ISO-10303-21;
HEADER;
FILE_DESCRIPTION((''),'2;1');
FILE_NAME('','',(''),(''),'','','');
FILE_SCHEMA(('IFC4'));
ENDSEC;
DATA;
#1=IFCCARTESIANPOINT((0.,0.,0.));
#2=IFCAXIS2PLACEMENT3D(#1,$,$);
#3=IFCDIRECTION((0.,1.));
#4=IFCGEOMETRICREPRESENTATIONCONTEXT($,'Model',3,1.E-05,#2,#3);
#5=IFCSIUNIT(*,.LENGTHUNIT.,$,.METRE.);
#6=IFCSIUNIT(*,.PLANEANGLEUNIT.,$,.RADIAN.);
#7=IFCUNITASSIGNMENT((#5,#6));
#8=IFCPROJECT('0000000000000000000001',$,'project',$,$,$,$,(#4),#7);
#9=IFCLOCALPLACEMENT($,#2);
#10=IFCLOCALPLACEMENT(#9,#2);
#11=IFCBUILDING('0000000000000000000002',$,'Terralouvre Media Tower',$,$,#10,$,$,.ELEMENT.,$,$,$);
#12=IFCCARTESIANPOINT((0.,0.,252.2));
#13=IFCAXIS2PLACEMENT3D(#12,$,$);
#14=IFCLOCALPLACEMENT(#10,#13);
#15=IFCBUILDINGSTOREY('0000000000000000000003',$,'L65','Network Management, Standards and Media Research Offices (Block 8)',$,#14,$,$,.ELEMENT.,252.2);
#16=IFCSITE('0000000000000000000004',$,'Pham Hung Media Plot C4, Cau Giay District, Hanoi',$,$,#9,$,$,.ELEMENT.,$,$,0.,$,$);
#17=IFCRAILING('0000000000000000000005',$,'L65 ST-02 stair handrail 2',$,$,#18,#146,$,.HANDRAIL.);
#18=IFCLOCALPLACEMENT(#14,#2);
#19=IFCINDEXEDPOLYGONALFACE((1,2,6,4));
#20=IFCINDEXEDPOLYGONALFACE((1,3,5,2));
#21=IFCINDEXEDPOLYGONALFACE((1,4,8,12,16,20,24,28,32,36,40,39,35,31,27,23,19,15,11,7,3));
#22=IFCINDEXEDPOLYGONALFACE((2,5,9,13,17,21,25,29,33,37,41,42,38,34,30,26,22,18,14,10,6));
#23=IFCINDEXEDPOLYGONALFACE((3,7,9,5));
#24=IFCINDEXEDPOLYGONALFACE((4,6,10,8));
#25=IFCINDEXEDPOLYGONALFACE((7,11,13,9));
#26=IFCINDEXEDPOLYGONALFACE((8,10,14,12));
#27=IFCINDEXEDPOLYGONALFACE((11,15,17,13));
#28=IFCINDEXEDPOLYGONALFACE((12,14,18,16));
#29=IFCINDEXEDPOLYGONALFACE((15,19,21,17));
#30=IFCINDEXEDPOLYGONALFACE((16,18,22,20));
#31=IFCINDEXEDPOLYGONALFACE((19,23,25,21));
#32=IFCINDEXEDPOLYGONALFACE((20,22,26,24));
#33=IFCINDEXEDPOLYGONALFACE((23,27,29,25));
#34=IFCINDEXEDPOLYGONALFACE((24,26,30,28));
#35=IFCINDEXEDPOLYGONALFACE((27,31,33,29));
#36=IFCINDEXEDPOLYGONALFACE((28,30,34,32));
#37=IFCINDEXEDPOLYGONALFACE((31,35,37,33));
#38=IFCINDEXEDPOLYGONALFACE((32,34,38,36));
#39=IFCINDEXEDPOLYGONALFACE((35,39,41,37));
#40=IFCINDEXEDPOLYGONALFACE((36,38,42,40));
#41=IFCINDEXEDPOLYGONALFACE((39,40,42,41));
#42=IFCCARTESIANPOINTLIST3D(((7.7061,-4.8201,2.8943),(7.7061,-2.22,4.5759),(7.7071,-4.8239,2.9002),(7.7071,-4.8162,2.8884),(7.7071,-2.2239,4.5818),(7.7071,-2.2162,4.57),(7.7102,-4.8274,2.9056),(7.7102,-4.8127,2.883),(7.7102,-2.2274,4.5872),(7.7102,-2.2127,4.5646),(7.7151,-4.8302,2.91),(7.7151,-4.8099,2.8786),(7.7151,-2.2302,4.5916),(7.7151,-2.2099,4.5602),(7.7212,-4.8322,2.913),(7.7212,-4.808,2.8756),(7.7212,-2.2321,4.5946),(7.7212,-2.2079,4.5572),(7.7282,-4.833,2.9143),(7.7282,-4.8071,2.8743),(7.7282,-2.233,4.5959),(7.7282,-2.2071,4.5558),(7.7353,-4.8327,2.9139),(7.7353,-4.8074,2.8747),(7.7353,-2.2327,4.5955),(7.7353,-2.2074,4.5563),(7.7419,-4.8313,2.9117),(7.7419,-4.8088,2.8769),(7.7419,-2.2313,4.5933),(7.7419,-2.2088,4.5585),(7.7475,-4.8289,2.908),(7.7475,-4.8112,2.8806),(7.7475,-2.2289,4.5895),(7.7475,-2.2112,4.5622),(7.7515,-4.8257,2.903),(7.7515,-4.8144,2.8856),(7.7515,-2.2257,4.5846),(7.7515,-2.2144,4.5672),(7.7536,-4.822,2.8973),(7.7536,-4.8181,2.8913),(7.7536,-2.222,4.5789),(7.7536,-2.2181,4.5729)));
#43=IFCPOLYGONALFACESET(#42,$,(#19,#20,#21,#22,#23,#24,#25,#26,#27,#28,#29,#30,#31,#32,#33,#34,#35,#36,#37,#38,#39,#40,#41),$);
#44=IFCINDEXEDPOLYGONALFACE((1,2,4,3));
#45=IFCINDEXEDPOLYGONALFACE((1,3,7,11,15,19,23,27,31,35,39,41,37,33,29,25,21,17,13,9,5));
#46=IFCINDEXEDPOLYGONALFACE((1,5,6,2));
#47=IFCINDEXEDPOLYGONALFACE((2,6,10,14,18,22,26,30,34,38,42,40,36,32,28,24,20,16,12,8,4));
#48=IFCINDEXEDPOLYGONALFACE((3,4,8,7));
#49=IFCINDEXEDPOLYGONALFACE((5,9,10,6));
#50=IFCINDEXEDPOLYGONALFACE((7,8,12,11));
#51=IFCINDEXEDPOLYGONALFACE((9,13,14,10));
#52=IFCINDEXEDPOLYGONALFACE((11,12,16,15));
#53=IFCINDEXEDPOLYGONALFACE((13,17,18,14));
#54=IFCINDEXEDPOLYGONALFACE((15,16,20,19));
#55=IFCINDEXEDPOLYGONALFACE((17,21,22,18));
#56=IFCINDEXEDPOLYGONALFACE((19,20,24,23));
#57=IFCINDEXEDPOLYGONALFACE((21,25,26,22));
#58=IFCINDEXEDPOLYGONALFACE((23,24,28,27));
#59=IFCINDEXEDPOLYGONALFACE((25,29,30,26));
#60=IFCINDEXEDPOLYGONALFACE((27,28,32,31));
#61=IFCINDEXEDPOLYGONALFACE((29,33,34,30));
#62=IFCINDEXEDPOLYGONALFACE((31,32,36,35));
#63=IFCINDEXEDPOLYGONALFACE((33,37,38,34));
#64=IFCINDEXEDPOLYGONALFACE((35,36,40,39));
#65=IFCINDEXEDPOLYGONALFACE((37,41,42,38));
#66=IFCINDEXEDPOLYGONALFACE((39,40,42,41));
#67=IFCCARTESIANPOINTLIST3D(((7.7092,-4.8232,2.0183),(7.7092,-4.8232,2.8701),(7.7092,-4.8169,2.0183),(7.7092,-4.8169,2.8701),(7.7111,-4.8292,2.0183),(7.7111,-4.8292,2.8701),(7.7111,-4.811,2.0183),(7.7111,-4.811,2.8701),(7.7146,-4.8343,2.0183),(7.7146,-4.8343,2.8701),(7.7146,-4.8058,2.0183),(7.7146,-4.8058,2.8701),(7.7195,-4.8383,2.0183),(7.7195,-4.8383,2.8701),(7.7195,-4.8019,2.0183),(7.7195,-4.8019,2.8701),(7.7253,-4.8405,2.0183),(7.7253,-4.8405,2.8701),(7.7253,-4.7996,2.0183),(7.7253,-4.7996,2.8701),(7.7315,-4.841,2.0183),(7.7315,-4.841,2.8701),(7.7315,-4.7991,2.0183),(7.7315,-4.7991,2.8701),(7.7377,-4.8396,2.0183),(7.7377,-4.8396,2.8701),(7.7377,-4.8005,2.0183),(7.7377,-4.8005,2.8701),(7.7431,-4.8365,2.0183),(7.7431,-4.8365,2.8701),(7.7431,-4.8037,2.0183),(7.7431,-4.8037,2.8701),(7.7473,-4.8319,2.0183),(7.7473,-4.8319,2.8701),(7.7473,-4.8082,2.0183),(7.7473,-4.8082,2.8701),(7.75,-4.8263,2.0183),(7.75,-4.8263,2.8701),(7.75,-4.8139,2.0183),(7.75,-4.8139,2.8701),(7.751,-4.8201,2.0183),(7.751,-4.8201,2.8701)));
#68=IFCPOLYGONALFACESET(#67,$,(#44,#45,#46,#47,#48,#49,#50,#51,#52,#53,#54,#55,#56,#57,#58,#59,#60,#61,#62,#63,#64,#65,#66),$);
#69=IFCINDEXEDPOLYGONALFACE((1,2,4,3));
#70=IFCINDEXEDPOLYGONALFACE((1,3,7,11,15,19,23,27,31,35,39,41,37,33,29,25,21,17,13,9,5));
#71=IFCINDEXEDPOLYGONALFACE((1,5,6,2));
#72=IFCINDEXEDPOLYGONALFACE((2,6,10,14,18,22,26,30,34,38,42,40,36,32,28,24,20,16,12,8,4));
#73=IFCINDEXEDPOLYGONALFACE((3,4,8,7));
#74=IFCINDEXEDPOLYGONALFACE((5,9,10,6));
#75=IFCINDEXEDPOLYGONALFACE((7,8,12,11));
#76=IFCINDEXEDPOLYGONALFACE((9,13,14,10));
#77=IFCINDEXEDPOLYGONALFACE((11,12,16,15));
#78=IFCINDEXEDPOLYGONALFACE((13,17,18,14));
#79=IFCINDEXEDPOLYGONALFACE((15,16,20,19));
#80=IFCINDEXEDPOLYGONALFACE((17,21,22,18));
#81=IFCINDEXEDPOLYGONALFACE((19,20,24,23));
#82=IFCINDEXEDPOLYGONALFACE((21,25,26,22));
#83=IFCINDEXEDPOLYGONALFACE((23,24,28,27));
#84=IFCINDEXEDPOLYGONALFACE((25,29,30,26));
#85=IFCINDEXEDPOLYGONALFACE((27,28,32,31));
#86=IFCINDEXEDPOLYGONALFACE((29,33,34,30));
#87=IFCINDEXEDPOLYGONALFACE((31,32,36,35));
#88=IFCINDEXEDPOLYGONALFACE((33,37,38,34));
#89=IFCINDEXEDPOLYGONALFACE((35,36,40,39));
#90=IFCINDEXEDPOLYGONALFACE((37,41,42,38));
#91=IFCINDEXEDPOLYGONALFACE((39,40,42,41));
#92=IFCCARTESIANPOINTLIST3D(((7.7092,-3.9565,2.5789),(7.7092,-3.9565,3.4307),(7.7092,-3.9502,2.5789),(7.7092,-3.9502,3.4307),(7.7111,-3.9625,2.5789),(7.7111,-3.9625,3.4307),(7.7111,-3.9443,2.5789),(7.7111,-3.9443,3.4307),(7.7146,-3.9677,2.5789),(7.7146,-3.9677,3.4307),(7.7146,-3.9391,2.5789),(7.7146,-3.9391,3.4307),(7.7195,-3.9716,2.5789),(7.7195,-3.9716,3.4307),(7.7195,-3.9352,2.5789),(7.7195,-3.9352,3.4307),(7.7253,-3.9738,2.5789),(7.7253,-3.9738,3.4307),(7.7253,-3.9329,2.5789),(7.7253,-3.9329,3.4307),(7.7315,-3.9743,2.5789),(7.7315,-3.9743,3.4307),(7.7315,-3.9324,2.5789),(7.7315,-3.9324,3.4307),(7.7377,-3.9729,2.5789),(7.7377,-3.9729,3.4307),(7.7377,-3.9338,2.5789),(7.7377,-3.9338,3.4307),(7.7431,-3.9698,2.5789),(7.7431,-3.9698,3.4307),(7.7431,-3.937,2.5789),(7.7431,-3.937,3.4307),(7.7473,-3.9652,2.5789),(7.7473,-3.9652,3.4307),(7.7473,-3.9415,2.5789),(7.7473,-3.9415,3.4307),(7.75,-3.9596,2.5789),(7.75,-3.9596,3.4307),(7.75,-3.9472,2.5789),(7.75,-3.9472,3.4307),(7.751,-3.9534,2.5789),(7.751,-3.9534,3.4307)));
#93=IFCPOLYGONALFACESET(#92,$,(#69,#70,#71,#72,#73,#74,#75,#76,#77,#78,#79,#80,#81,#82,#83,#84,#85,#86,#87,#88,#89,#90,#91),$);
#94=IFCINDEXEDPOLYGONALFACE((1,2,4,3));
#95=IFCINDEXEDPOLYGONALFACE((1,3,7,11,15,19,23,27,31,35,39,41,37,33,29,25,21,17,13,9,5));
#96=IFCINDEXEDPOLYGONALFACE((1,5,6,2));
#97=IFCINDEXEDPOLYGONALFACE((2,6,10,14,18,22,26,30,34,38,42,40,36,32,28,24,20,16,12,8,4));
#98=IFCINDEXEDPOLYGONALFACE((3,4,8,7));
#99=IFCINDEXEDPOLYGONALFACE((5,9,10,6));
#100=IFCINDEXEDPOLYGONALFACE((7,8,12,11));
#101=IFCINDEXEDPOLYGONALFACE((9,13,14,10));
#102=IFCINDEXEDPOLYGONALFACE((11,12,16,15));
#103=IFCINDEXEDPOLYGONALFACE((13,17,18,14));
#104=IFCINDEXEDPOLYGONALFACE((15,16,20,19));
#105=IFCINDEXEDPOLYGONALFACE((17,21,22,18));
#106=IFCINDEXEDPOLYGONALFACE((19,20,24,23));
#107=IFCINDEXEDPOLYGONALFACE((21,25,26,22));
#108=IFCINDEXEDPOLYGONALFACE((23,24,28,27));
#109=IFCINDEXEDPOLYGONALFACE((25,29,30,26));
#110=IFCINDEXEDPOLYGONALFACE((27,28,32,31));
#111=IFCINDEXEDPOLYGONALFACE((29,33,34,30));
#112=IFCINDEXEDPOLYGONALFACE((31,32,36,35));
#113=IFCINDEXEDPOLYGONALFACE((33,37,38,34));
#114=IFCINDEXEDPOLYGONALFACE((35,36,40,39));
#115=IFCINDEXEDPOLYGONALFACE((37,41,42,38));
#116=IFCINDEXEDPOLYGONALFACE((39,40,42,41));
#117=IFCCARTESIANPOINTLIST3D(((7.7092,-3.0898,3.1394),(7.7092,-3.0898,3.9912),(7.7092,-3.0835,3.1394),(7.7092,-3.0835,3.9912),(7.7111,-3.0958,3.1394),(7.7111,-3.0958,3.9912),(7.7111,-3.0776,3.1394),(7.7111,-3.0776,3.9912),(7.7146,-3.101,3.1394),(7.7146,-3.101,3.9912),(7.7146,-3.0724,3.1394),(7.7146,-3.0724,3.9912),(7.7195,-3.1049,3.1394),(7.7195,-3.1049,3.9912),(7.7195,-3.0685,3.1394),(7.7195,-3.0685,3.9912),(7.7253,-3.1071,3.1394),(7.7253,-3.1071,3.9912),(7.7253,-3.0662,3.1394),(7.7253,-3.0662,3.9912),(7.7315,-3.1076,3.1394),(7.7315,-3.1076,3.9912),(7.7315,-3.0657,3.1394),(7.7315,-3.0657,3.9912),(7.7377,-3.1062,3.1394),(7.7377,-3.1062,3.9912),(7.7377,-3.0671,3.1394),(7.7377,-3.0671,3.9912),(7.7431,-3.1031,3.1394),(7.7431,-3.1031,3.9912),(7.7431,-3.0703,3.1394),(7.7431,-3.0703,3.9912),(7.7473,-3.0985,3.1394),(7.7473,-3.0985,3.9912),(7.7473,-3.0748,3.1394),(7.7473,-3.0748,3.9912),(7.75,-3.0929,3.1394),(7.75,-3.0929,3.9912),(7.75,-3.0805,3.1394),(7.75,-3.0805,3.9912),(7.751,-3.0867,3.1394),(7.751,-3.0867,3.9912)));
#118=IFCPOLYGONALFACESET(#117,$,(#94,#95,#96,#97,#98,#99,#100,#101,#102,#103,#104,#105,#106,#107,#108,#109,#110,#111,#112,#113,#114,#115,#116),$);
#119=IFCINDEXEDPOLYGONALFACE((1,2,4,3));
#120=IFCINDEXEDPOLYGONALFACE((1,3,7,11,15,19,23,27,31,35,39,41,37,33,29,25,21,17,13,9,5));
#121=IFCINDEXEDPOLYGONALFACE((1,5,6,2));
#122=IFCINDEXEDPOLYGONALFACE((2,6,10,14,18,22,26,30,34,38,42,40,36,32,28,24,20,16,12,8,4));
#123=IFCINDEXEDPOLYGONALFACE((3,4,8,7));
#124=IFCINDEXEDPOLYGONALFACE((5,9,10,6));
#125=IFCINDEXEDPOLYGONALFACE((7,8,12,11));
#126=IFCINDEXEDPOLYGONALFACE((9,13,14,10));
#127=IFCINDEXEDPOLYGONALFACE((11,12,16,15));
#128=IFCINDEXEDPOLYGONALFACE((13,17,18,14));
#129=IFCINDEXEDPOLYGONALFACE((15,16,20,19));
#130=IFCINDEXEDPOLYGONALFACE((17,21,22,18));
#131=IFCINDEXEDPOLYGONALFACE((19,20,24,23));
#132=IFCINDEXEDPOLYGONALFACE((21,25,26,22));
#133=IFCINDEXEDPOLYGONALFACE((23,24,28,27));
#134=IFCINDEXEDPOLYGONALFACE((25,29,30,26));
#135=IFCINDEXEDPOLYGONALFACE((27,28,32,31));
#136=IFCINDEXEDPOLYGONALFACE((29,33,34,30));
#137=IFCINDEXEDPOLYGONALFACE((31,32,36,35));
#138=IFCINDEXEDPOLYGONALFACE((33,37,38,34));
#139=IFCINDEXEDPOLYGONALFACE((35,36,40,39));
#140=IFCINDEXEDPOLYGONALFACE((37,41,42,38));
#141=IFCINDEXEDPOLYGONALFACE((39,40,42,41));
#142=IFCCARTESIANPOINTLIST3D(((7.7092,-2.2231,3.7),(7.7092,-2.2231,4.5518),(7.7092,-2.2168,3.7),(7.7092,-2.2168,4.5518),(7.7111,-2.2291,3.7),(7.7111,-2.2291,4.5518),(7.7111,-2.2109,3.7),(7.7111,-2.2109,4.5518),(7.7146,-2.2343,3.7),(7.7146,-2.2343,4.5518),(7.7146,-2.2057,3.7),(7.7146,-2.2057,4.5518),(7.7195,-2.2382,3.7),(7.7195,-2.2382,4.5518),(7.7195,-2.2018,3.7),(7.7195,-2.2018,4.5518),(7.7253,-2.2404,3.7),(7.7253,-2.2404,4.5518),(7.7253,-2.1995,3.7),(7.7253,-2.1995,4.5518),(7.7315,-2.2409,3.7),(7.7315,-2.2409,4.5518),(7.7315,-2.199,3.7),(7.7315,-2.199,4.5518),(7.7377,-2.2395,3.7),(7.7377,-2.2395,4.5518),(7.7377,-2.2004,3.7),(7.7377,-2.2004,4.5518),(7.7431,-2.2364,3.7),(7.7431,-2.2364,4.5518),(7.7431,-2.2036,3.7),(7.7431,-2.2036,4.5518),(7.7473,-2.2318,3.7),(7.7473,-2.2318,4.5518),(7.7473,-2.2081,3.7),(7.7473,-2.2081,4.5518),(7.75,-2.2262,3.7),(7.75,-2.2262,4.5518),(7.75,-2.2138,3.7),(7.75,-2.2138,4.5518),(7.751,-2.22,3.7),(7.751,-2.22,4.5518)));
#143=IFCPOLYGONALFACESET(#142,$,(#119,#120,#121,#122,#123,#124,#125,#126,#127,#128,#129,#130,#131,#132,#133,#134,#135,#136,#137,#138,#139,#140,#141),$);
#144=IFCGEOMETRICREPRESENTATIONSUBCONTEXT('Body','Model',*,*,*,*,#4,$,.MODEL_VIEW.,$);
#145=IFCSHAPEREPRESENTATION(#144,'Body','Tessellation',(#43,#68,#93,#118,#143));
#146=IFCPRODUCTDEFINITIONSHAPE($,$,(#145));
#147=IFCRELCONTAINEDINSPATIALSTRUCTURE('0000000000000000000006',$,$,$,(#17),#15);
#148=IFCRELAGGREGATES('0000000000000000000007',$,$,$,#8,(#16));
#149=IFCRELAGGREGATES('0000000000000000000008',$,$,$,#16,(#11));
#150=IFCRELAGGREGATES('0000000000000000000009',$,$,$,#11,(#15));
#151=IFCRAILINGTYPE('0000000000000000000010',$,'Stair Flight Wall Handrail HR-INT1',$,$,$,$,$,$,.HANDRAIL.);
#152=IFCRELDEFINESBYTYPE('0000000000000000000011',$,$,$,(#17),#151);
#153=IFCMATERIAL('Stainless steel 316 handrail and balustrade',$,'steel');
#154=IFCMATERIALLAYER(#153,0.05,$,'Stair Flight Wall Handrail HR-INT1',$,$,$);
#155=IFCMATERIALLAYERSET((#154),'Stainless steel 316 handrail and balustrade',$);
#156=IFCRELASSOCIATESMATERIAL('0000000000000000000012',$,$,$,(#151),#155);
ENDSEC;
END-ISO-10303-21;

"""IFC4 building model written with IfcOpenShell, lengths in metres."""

from ifc_helpers import new_model, si_unit, direction, frame, origin, origin_2d, place, context, subcontext, project, spatial, circle, extrude, material, layer, layer_set, type_object, element, save


model = new_model("IFC4")

# Units and contexts
model_context = context("Model", 3, precision=1e-05, world=origin(), true_north=direction((0.0, 1.0)))
body_context = subcontext(model_context, "Body", "Model", "MODEL_VIEW")
ifc_project = project(units=[si_unit("LENGTHUNIT", "METRE"), si_unit("PLANEANGLEUNIT", "RADIAN")], contexts=[model_context])

# Site, building, storey
site_placement = place(None, origin())
site = spatial("IfcSite", under=ifc_project, at=site_placement, Name="Pham Hung Media Plot C4, Cau Giay District, Hanoi", CompositionType="ELEMENT", RefElevation=0.0)
building_placement = place(site_placement, origin())
building = spatial("IfcBuilding", under=site, at=building_placement, Name="Terralouvre Media Tower", CompositionType="ELEMENT")
storey_placement = place(building_placement, frame((0.0, 0.0, 252.2)))
storey = spatial("IfcBuildingStorey", under=building, at=storey_placement, Name="L65", Description="Network Management, Standards and Media Research Offices (Block 8)", CompositionType="ELEMENT", Elevation=252.2)

# Railing
ifc_material_1 = material(Name="Stainless steel 316 handrail and balustrade", Category="steel")
ifc_layer_1 = layer(ifc_material_1, 0.05, Name="Stair Flight Wall Handrail HR-INT1")
ifc_layer_set_1 = layer_set([ifc_layer_1], Name="Stainless steel 316 handrail and balustrade")
railing_type_1 = type_object("IfcRailingType", Name="Stair Flight Wall Handrail HR-INT1", PredefinedType="HANDRAIL", material=ifc_layer_set_1)
railing_1_placement = place(storey_placement, frame((7.73, -4.8201, 2.0183)))
element("IfcRailing", 1, at=railing_1_placement, inside=storey, type_object=railing_type_1, Name="L65 ST-02 stair handrail 2", PredefinedType="HANDRAIL", context=body_context, shape_type="SweptSolid", body=[
    extrude(circle(Radius=0.0239, at=origin_2d()), frame((0.0, 0.0, 0.876), z_axis=(0.0, 0.839684, 0.543075), x_axis=(-1.0, 0.0, 0.0)), (0.0, 0.0, 1.0), 3.0964),
    extrude(circle(Radius=0.021, at=origin_2d()), origin(), (0.0, 0.0, 1.0), 0.8518),
    extrude(circle(Radius=0.021, at=origin_2d()), frame((0.0, 0.8667, 0.5605)), (0.0, 0.0, 1.0), 0.8518),
    extrude(circle(Radius=0.021, at=origin_2d()), frame((0.0, 1.7334, 1.1211)), (0.0, 0.0, 1.0), 0.8518),
    extrude(circle(Radius=0.021, at=origin_2d()), frame((0.0, 2.6001, 1.6816)), (0.0, 0.0, 1.0), 0.8518),
])

save(model, "model.ifc")
